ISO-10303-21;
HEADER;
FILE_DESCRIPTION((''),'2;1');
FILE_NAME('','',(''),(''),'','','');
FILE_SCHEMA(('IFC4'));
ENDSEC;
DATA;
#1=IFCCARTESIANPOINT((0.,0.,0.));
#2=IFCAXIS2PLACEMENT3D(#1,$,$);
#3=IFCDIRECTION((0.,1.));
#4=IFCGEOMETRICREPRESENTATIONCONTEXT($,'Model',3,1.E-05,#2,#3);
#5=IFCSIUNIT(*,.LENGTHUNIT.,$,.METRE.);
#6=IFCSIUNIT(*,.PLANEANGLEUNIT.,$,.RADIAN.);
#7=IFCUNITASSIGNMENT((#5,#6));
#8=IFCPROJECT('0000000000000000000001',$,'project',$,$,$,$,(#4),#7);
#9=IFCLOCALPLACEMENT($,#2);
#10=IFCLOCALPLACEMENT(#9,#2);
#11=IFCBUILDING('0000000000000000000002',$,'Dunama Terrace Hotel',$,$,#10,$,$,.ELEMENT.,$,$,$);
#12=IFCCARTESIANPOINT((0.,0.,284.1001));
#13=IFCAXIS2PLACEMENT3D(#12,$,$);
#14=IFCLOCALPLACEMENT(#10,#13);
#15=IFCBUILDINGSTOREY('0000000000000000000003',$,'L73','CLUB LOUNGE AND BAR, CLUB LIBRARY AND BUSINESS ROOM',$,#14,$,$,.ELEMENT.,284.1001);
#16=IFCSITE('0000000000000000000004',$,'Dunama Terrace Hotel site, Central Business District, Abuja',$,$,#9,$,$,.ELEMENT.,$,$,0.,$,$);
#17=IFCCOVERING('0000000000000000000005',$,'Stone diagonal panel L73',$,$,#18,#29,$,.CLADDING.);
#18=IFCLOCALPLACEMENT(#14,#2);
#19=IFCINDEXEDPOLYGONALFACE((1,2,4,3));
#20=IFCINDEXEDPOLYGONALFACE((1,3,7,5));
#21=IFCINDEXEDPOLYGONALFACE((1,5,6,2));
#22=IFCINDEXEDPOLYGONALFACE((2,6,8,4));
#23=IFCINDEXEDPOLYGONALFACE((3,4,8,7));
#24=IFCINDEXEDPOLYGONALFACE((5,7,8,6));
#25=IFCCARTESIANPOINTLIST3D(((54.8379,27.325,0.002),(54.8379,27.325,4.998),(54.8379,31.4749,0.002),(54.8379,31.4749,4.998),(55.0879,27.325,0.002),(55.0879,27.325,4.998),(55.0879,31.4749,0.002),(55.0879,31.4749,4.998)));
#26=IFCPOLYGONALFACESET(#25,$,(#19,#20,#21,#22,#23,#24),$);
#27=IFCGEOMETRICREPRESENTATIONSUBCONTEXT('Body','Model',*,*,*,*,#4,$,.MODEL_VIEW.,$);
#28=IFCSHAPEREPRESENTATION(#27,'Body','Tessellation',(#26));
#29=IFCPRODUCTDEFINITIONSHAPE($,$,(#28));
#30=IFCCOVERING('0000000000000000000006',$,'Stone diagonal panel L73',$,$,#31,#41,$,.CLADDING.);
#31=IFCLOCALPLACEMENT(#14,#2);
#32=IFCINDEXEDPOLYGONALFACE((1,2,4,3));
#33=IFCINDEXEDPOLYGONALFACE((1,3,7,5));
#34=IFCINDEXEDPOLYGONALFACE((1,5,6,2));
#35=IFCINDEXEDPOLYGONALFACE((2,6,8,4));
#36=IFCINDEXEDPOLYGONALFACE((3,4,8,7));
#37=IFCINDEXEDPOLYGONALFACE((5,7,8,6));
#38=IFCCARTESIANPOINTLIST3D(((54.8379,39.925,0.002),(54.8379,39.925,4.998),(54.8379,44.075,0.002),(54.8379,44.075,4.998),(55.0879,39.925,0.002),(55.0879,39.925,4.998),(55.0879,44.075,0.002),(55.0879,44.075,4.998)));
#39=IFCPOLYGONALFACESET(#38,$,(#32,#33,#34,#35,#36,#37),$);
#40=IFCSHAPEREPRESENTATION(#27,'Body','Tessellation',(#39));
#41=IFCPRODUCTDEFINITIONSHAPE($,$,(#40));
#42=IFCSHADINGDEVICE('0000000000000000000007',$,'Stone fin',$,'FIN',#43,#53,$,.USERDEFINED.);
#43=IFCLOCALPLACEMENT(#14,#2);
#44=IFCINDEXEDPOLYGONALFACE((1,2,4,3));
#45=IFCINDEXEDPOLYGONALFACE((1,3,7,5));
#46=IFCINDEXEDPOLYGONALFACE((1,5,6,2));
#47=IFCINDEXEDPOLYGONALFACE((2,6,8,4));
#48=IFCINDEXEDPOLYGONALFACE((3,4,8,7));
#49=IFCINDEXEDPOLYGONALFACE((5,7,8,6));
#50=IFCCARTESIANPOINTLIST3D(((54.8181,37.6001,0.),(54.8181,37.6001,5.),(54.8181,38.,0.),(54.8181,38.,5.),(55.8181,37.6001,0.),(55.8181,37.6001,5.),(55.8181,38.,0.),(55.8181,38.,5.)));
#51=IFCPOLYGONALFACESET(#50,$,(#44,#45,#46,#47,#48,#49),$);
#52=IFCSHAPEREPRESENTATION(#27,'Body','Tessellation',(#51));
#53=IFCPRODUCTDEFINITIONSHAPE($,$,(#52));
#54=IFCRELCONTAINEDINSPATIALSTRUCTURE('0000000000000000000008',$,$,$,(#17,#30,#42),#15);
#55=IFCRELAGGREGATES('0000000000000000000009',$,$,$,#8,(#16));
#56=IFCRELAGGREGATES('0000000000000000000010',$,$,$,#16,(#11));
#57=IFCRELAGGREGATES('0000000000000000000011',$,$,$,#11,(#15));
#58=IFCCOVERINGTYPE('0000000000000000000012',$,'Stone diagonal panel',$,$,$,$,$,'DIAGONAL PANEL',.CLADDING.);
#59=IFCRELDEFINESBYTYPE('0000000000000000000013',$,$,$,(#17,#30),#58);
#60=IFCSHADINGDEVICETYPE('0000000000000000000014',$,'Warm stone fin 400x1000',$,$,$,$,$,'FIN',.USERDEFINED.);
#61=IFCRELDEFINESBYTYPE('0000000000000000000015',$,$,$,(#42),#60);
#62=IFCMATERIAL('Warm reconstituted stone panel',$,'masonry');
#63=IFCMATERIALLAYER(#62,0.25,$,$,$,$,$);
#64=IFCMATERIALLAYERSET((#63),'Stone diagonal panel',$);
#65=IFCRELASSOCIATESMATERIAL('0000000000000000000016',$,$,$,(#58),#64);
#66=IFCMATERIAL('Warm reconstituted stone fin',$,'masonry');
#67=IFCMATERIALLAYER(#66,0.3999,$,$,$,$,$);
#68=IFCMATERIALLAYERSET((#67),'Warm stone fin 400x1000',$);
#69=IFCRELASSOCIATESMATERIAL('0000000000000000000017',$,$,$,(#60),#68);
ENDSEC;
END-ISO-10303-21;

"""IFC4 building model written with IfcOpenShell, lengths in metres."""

from ifc_helpers import new_model, si_unit, direction, frame, origin, origin_2d, place, context, subcontext, project, spatial, rectangle, extrude, material, layer, layer_set, type_object, element, save


model = new_model("IFC4")

# Units and contexts
model_context = context("Model", 3, precision=1e-05, world=origin(), true_north=direction((0.0, 1.0)))
body_context = subcontext(model_context, "Body", "Model", "MODEL_VIEW")
ifc_project = project(units=[si_unit("LENGTHUNIT", "METRE"), si_unit("PLANEANGLEUNIT", "RADIAN")], contexts=[model_context])

# Site, building, storey
site_placement = place(None, origin())
site = spatial("IfcSite", under=ifc_project, at=site_placement, Name="Dunama Terrace Hotel site, Central Business District, Abuja", CompositionType="ELEMENT", RefElevation=0.0)
building_placement = place(site_placement, origin())
building = spatial("IfcBuilding", under=site, at=building_placement, Name="Dunama Terrace Hotel", CompositionType="ELEMENT")
storey_placement = place(building_placement, frame((0.0, 0.0, 284.1001)))
storey = spatial("IfcBuildingStorey", under=building, at=storey_placement, Name="L73", Description="CLUB LOUNGE AND BAR, CLUB LIBRARY AND BUSINESS ROOM", CompositionType="ELEMENT", Elevation=284.1001)

# Coverings
ifc_material_1 = material(Name="Warm reconstituted stone panel", Category="masonry")
ifc_layer_1 = layer(ifc_material_1, 0.25)
ifc_layer_set_1 = layer_set([ifc_layer_1], Name="Stone diagonal panel")
covering_type = type_object("IfcCoveringType", Name="Stone diagonal panel", ElementType="DIAGONAL PANEL", PredefinedType="CLADDING", material=ifc_layer_set_1)
for number, where, z_axis, x_axis, name in (
    (1, (54.9629, 29.3999, 0.002), (0.0, 0.0, 1.0), (0.0, 1.0, 0.0), "Stone diagonal panel L73"),
    (2, (54.9629, 42.0, 0.002), (0.0, 0.0, 1.0), (0.0, 1.0, 0.0), "Stone diagonal panel L73"),
):
    element("IfcCovering", number, at=place(storey_placement, frame(where, z_axis=z_axis, x_axis=x_axis)), inside=storey, type_object=covering_type, Name=name, PredefinedType="CLADDING", context=body_context, shape_type="SweptSolid", body=[
        extrude(rectangle(XDim=4.1499, YDim=0.25, at=origin_2d()), origin(), (0.0, 0.0, 1.0), 4.9961),
    ])

# Shading device
ifc_material_2 = material(Name="Warm reconstituted stone fin", Category="masonry")
ifc_layer_2 = layer(ifc_material_2, 0.3999)
ifc_layer_set_2 = layer_set([ifc_layer_2], Name="Warm stone fin 400x1000")
shading_device_type = type_object("IfcShadingDeviceType", Name="Warm stone fin 400x1000", ElementType="FIN", PredefinedType="USERDEFINED", material=ifc_layer_set_2)
shading_device_placement = place(storey_placement, frame((55.3181, 37.8, 0.0), z_axis=(0.0, 0.0, 1.0), x_axis=(0.0, 1.0, 0.0)))
element("IfcShadingDevice", 3, at=shading_device_placement, inside=storey, type_object=shading_device_type, Name="Stone fin", ObjectType="FIN", PredefinedType="USERDEFINED", context=body_context, shape_type="SweptSolid", body=[
    extrude(rectangle(XDim=0.3999, YDim=1.0, at=origin_2d()), origin(), (0.0, 0.0, 1.0), 5.0),
])

save(model, "model.ifc")
